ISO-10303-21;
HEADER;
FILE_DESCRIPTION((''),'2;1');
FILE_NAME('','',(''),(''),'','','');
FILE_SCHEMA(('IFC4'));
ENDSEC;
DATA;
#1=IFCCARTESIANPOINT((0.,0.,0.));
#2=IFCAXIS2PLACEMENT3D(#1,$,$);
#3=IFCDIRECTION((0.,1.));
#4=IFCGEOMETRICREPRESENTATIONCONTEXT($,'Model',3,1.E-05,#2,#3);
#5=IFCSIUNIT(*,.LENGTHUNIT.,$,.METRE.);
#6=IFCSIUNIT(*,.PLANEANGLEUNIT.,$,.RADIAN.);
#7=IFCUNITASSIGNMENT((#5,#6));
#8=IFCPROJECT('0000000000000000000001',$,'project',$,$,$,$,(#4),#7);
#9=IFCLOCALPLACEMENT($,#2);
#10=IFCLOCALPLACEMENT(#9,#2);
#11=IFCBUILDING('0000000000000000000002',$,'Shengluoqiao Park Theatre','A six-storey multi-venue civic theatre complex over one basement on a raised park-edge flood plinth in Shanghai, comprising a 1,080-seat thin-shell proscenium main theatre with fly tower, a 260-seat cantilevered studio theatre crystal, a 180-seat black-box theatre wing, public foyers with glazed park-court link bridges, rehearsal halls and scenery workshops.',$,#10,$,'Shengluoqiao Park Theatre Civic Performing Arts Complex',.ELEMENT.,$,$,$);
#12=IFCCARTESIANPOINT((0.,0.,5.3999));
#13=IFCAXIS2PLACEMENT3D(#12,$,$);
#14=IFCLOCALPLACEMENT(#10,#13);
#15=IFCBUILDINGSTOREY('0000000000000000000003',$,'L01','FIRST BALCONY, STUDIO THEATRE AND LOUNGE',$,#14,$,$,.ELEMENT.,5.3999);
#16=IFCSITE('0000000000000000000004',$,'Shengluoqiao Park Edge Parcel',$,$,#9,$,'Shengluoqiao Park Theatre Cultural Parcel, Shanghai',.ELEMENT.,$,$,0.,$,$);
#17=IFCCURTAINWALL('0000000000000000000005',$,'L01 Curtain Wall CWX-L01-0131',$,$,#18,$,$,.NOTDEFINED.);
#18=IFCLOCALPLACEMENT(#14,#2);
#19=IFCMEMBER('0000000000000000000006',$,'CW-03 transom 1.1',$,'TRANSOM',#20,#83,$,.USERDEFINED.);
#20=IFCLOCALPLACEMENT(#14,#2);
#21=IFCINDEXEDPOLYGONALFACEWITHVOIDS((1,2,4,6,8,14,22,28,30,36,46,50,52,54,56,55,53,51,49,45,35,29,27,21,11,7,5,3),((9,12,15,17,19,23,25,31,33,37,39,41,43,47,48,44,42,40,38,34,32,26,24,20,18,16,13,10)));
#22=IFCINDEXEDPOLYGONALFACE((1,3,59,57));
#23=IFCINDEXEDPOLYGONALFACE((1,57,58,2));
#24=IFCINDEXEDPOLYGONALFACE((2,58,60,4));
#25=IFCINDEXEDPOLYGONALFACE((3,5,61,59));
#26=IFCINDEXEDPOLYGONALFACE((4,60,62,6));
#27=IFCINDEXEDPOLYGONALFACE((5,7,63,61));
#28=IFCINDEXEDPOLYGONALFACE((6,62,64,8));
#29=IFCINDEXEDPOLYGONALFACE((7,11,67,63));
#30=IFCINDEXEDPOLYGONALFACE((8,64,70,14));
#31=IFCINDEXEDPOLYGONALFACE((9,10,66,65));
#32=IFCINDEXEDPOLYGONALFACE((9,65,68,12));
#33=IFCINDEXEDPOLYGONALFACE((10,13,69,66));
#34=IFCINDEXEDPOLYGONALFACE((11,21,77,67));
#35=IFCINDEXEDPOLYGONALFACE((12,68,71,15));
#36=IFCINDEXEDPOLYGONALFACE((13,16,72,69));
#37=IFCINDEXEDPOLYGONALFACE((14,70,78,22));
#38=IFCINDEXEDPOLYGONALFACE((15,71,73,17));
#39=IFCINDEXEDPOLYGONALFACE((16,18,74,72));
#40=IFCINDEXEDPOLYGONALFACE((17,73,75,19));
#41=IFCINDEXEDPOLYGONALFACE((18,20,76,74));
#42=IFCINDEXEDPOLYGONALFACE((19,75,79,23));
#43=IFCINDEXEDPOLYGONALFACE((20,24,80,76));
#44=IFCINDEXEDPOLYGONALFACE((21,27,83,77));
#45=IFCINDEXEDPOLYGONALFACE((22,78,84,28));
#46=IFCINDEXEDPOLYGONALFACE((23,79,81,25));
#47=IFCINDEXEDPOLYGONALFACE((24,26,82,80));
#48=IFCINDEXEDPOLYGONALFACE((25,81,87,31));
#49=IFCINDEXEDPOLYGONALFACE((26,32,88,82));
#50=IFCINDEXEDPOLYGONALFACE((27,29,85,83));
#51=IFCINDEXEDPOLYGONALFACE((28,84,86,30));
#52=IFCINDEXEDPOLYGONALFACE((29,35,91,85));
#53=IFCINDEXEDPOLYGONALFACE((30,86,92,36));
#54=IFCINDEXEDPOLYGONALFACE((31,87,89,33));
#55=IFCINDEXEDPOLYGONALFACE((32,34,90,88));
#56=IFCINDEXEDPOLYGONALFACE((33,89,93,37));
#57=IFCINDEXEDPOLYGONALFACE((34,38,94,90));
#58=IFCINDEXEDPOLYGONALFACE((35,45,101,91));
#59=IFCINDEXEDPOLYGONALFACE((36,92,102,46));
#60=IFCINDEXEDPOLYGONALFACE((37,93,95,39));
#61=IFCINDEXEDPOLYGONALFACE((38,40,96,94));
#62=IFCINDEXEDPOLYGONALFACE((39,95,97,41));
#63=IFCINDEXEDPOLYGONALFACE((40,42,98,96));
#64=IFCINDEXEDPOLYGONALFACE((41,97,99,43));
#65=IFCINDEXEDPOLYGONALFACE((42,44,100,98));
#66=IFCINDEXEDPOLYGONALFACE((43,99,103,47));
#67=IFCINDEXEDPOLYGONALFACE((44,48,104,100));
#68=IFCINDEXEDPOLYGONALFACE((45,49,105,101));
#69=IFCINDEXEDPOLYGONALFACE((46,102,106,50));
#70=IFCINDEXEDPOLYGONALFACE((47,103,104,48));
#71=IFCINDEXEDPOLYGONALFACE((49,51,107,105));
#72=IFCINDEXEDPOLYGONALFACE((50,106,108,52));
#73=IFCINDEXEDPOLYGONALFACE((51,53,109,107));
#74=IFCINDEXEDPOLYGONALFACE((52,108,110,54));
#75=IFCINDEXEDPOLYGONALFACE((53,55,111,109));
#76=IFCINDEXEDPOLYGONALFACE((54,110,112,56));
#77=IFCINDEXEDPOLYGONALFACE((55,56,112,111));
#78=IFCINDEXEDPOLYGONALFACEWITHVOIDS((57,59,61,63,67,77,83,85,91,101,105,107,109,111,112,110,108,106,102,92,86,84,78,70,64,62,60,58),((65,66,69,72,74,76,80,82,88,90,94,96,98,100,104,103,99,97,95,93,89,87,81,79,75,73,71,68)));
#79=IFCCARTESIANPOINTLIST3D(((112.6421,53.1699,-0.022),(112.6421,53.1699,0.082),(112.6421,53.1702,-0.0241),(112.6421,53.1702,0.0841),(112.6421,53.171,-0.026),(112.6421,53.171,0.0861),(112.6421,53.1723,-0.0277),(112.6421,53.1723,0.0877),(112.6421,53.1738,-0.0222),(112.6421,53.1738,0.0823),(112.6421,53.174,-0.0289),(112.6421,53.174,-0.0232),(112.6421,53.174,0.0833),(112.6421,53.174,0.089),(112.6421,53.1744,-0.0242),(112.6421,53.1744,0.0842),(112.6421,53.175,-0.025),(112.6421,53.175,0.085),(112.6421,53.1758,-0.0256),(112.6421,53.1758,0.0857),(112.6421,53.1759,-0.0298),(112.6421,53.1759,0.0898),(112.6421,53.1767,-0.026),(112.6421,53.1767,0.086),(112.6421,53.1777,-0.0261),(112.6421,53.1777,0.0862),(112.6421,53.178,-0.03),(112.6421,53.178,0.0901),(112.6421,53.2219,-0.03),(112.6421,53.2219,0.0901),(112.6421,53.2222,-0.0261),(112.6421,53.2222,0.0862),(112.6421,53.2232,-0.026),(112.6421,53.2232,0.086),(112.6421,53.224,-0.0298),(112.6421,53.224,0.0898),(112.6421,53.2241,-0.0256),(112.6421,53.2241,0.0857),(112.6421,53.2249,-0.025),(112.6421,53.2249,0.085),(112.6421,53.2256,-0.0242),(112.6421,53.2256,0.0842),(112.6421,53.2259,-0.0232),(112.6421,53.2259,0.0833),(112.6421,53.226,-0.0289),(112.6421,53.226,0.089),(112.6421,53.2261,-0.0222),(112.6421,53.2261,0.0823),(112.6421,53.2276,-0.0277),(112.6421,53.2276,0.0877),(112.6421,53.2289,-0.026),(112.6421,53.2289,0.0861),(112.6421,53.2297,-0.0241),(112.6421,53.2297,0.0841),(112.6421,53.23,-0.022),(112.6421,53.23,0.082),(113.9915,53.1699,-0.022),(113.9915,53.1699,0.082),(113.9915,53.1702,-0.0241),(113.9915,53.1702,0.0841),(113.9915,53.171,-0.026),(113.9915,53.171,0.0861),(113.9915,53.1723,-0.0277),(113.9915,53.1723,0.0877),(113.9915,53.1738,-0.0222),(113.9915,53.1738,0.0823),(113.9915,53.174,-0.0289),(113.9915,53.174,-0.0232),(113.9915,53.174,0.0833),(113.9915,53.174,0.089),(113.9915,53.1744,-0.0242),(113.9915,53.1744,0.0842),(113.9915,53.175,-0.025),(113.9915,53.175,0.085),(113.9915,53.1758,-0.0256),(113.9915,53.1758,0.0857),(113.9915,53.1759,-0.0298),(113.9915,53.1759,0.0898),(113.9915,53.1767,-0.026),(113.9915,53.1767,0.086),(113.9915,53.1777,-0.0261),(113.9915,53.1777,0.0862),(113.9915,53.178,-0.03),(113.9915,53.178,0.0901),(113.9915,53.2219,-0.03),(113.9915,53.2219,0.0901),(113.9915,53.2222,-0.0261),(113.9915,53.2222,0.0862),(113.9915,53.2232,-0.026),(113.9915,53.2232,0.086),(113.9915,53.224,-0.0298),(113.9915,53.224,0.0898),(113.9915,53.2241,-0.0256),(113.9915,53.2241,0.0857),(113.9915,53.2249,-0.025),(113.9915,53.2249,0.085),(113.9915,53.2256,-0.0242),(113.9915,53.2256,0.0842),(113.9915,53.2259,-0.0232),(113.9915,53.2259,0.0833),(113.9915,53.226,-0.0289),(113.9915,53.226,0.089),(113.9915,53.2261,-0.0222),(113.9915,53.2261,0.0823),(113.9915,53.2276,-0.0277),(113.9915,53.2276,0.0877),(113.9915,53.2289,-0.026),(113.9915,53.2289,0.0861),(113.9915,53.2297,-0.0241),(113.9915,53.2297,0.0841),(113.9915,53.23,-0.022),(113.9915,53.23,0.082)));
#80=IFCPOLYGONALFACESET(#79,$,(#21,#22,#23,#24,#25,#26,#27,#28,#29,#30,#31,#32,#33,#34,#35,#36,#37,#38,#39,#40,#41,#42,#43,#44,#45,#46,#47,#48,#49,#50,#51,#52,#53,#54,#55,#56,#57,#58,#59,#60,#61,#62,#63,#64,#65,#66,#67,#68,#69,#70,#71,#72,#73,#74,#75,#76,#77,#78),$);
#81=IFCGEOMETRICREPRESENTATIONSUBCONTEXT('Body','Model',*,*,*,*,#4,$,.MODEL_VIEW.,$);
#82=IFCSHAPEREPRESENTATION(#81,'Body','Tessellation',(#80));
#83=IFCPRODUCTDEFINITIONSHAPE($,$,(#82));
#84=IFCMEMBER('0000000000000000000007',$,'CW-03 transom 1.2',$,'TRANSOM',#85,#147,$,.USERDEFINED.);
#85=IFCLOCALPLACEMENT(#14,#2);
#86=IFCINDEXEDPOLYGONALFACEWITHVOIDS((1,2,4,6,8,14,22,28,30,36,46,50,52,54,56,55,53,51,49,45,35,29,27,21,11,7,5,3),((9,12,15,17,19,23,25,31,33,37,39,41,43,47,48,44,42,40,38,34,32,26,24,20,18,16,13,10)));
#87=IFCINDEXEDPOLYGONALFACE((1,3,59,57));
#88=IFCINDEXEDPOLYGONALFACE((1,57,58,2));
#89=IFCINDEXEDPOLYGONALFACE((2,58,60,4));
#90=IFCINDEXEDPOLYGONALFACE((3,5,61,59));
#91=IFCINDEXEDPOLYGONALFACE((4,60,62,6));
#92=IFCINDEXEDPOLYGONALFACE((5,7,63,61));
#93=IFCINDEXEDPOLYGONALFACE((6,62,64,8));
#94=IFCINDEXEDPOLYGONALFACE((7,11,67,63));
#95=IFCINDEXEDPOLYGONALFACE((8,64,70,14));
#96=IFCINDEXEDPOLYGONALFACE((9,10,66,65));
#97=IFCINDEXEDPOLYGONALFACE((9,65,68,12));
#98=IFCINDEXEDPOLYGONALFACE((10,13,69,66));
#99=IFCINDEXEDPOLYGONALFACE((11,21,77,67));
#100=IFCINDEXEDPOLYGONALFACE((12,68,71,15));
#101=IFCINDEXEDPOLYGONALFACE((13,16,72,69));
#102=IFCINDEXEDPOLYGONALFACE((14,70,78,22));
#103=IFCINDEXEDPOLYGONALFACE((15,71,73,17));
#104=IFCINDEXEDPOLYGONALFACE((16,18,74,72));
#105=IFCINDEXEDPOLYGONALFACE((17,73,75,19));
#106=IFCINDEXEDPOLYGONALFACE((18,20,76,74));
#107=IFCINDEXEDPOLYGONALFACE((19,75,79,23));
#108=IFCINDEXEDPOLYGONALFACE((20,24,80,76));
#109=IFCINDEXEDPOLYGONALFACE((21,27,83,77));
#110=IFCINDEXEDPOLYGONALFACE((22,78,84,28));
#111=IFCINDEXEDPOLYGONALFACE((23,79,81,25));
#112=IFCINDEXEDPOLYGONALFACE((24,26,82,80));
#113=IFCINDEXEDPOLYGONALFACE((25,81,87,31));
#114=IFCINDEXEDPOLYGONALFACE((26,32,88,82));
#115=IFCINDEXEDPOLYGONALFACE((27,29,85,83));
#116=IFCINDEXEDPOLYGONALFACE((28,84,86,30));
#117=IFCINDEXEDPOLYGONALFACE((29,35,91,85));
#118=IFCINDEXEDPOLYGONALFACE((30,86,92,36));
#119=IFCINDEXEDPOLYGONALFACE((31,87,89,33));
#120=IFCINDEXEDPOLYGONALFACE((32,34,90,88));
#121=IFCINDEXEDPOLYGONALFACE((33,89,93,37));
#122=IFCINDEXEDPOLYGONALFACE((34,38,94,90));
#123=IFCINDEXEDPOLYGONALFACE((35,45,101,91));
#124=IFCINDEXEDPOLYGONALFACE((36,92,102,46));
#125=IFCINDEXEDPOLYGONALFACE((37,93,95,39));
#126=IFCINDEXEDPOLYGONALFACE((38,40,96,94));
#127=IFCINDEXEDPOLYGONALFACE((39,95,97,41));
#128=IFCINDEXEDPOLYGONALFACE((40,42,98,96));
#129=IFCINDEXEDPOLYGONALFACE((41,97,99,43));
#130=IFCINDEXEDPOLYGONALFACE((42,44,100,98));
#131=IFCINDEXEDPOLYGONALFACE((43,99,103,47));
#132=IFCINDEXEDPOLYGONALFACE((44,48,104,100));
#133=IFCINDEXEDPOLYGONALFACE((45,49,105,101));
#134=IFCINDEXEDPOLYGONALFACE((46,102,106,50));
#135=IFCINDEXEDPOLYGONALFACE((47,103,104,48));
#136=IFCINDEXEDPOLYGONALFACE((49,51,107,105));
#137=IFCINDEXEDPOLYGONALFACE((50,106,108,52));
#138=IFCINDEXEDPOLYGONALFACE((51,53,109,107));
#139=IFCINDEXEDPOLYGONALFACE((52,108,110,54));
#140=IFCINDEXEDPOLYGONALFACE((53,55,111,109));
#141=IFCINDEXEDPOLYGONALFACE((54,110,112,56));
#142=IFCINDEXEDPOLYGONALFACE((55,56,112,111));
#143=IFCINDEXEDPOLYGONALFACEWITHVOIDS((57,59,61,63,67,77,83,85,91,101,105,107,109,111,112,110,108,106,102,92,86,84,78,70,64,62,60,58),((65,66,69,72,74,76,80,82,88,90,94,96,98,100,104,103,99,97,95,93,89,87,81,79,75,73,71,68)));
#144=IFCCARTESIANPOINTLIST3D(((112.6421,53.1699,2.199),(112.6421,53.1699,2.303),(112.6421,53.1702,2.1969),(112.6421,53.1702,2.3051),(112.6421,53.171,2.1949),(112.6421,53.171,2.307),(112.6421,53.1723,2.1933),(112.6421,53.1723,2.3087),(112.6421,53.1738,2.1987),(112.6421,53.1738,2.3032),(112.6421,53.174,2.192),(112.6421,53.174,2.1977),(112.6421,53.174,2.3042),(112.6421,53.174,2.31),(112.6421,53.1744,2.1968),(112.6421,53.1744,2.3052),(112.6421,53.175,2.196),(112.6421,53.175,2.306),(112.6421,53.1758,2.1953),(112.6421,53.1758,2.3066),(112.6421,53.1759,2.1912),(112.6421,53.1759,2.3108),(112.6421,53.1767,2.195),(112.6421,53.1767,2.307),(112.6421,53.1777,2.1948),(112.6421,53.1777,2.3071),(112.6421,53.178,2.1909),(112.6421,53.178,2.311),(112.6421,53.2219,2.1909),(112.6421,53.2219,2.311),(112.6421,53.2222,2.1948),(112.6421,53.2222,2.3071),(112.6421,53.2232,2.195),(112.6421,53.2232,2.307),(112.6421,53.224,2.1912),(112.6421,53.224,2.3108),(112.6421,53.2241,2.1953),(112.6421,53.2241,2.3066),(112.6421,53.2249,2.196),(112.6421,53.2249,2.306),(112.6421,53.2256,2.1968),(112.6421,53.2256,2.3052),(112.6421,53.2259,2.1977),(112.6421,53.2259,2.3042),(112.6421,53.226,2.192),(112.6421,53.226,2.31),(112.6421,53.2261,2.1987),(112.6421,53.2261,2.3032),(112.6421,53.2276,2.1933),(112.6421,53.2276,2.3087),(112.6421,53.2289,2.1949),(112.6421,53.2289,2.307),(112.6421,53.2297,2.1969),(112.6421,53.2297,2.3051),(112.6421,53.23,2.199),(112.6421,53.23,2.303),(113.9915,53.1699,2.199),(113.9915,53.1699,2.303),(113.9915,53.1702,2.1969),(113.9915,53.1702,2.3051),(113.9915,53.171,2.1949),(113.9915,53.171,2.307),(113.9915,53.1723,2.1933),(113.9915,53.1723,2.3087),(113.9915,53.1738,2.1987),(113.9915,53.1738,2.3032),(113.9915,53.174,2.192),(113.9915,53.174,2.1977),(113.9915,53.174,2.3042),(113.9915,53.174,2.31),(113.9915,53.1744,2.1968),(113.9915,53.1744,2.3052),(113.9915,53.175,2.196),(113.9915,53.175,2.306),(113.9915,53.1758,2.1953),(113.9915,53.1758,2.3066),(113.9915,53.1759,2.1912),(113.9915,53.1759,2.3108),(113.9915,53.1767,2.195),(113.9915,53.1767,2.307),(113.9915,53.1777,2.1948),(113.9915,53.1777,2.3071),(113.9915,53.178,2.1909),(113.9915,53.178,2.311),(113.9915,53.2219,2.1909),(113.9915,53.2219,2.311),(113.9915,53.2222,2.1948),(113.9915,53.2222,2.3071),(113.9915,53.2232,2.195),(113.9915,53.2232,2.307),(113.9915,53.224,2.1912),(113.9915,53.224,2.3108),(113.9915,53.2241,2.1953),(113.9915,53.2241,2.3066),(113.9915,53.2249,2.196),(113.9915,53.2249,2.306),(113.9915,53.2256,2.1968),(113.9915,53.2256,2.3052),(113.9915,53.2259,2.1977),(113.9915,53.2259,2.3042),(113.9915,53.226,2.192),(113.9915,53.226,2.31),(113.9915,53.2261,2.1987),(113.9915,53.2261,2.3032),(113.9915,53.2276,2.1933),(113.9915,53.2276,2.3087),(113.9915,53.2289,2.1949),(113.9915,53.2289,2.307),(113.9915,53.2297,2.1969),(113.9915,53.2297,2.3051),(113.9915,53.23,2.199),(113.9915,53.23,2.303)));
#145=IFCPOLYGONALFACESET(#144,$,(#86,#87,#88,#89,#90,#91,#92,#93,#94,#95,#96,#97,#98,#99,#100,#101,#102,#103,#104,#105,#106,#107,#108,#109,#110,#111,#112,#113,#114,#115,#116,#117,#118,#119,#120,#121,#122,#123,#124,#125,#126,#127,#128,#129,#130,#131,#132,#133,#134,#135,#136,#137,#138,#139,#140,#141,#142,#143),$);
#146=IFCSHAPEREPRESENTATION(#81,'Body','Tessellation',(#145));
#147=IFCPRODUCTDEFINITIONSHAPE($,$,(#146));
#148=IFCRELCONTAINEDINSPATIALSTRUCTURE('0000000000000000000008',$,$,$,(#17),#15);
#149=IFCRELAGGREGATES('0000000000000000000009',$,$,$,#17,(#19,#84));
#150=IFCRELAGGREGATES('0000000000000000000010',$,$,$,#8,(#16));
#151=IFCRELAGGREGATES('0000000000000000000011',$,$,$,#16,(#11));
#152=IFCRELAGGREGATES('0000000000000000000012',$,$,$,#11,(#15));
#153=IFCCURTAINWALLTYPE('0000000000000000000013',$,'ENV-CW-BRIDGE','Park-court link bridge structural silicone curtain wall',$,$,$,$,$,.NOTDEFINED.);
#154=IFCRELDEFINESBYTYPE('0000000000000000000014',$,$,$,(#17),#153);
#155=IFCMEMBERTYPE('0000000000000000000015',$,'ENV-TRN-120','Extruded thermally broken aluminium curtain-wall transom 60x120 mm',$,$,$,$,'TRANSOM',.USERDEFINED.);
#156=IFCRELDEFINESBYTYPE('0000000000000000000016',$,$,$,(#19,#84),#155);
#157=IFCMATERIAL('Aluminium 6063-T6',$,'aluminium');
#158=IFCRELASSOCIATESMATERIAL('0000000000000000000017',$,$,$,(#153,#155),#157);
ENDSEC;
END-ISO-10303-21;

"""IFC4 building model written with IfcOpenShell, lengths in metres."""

from ifc_helpers import new_model, si_unit, direction, frame, origin, origin_2d, place, context, subcontext, project, spatial, hollow_rectangle, extrude, material, material_profile, profile_set, type_object, element, aggregate, save


model = new_model("IFC4")

# Units and contexts
model_context = context("Model", 3, precision=1e-05, world=origin(), true_north=direction((0.0, 1.0)))
body_context = subcontext(model_context, "Body", "Model", "MODEL_VIEW")
ifc_project = project(units=[si_unit("LENGTHUNIT", "METRE"), si_unit("PLANEANGLEUNIT", "RADIAN")], contexts=[model_context])

# Site, building, storey
site_placement = place(None, origin())
site = spatial("IfcSite", under=ifc_project, at=site_placement, Name="Shengluoqiao Park Edge Parcel", LongName="Shengluoqiao Park Theatre Cultural Parcel, Shanghai", CompositionType="ELEMENT", RefElevation=0.0)
building_placement = place(site_placement, origin())
building = spatial("IfcBuilding", under=site, at=building_placement, Name="Shengluoqiao Park Theatre", Description="A six-storey multi-venue civic theatre complex over one basement on a raised park-edge flood plinth in Shanghai, comprising a 1,080-seat thin-shell proscenium main theatre with fly tower, a 260-seat cantilevered studio theatre crystal, a 180-seat black-box theatre wing, public foyers with glazed park-court link bridges, rehearsal halls and scenery workshops.", LongName="Shengluoqiao Park Theatre Civic Performing Arts Complex", CompositionType="ELEMENT")
storey_placement = place(building_placement, frame((0.0, 0.0, 5.3999)))
storey = spatial("IfcBuildingStorey", under=building, at=storey_placement, Name="L01", Description="FIRST BALCONY, STUDIO THEATRE AND LOUNGE", CompositionType="ELEMENT", Elevation=5.3999)

# Curtain wall
ifc_material_1 = material(Name="Aluminium 6063-T6", Category="aluminium")
curtain_wall_type = type_object("IfcCurtainWallType", Name="ENV-CW-BRIDGE", Description="Park-court link bridge structural silicone curtain wall", PredefinedType="NOTDEFINED", material=ifc_material_1)
curtain_wall_1_placement = place(storey_placement, origin())
curtain_wall_1 = element("IfcCurtainWall", 1, at=curtain_wall_1_placement, inside=storey, type_object=curtain_wall_type, Name="L01 Curtain Wall CWX-L01-0131", PredefinedType="NOTDEFINED")

# Members
ifc_material_profile_1 = material_profile(ifc_material_1, hollow_rectangle(XDim=0.0601, YDim=0.1201, WallThickness=0.0039, InnerFilletRadius=0.0039, OuterFilletRadius=0.0081, at=origin_2d()), Name="ALU TRANSOM 120x60x4")
ifc_profile_set_1 = profile_set([ifc_material_profile_1], Name="Aluminium 6063-T6")
member_type_1 = type_object("IfcMemberType", Name="ENV-TRN-120", Description="Extruded thermally broken aluminium curtain-wall transom 60x120 mm", ElementType="TRANSOM", PredefinedType="USERDEFINED", material=ifc_profile_set_1)
member_1_placement = place(storey_placement, frame((112.6421, 53.2, 0.03), z_axis=(1.0, 0.0, 0.0), x_axis=(0.0, 1.0, 0.0)))
member_1 = element("IfcMember", 2, at=member_1_placement, type_object=member_type_1, Name="CW-03 transom 1.1", ObjectType="TRANSOM", PredefinedType="USERDEFINED", context=body_context, shape_type="SweptSolid", body=[
    extrude(hollow_rectangle(XDim=0.0601, YDim=0.1201, WallThickness=0.0039, InnerFilletRadius=0.0039, OuterFilletRadius=0.0081, at=origin_2d()), origin(), (0.0, 0.0, 1.0), 1.3494),
])
member_2_placement = place(storey_placement, frame((112.6421, 53.2, 2.251), z_axis=(1.0, 0.0, 0.0), x_axis=(0.0, 1.0, 0.0)))
member_2 = element("IfcMember", 3, at=member_2_placement, type_object=member_type_1, Name="CW-03 transom 1.2", ObjectType="TRANSOM", PredefinedType="USERDEFINED", context=body_context, shape_type="SweptSolid", body=[
    extrude(hollow_rectangle(XDim=0.0601, YDim=0.1201, WallThickness=0.0039, InnerFilletRadius=0.0039, OuterFilletRadius=0.0081, at=origin_2d()), origin(), (0.0, 0.0, 1.0), 1.3494),
])

aggregate(curtain_wall_1, [member_1, member_2])

save(model, "model.ifc")
